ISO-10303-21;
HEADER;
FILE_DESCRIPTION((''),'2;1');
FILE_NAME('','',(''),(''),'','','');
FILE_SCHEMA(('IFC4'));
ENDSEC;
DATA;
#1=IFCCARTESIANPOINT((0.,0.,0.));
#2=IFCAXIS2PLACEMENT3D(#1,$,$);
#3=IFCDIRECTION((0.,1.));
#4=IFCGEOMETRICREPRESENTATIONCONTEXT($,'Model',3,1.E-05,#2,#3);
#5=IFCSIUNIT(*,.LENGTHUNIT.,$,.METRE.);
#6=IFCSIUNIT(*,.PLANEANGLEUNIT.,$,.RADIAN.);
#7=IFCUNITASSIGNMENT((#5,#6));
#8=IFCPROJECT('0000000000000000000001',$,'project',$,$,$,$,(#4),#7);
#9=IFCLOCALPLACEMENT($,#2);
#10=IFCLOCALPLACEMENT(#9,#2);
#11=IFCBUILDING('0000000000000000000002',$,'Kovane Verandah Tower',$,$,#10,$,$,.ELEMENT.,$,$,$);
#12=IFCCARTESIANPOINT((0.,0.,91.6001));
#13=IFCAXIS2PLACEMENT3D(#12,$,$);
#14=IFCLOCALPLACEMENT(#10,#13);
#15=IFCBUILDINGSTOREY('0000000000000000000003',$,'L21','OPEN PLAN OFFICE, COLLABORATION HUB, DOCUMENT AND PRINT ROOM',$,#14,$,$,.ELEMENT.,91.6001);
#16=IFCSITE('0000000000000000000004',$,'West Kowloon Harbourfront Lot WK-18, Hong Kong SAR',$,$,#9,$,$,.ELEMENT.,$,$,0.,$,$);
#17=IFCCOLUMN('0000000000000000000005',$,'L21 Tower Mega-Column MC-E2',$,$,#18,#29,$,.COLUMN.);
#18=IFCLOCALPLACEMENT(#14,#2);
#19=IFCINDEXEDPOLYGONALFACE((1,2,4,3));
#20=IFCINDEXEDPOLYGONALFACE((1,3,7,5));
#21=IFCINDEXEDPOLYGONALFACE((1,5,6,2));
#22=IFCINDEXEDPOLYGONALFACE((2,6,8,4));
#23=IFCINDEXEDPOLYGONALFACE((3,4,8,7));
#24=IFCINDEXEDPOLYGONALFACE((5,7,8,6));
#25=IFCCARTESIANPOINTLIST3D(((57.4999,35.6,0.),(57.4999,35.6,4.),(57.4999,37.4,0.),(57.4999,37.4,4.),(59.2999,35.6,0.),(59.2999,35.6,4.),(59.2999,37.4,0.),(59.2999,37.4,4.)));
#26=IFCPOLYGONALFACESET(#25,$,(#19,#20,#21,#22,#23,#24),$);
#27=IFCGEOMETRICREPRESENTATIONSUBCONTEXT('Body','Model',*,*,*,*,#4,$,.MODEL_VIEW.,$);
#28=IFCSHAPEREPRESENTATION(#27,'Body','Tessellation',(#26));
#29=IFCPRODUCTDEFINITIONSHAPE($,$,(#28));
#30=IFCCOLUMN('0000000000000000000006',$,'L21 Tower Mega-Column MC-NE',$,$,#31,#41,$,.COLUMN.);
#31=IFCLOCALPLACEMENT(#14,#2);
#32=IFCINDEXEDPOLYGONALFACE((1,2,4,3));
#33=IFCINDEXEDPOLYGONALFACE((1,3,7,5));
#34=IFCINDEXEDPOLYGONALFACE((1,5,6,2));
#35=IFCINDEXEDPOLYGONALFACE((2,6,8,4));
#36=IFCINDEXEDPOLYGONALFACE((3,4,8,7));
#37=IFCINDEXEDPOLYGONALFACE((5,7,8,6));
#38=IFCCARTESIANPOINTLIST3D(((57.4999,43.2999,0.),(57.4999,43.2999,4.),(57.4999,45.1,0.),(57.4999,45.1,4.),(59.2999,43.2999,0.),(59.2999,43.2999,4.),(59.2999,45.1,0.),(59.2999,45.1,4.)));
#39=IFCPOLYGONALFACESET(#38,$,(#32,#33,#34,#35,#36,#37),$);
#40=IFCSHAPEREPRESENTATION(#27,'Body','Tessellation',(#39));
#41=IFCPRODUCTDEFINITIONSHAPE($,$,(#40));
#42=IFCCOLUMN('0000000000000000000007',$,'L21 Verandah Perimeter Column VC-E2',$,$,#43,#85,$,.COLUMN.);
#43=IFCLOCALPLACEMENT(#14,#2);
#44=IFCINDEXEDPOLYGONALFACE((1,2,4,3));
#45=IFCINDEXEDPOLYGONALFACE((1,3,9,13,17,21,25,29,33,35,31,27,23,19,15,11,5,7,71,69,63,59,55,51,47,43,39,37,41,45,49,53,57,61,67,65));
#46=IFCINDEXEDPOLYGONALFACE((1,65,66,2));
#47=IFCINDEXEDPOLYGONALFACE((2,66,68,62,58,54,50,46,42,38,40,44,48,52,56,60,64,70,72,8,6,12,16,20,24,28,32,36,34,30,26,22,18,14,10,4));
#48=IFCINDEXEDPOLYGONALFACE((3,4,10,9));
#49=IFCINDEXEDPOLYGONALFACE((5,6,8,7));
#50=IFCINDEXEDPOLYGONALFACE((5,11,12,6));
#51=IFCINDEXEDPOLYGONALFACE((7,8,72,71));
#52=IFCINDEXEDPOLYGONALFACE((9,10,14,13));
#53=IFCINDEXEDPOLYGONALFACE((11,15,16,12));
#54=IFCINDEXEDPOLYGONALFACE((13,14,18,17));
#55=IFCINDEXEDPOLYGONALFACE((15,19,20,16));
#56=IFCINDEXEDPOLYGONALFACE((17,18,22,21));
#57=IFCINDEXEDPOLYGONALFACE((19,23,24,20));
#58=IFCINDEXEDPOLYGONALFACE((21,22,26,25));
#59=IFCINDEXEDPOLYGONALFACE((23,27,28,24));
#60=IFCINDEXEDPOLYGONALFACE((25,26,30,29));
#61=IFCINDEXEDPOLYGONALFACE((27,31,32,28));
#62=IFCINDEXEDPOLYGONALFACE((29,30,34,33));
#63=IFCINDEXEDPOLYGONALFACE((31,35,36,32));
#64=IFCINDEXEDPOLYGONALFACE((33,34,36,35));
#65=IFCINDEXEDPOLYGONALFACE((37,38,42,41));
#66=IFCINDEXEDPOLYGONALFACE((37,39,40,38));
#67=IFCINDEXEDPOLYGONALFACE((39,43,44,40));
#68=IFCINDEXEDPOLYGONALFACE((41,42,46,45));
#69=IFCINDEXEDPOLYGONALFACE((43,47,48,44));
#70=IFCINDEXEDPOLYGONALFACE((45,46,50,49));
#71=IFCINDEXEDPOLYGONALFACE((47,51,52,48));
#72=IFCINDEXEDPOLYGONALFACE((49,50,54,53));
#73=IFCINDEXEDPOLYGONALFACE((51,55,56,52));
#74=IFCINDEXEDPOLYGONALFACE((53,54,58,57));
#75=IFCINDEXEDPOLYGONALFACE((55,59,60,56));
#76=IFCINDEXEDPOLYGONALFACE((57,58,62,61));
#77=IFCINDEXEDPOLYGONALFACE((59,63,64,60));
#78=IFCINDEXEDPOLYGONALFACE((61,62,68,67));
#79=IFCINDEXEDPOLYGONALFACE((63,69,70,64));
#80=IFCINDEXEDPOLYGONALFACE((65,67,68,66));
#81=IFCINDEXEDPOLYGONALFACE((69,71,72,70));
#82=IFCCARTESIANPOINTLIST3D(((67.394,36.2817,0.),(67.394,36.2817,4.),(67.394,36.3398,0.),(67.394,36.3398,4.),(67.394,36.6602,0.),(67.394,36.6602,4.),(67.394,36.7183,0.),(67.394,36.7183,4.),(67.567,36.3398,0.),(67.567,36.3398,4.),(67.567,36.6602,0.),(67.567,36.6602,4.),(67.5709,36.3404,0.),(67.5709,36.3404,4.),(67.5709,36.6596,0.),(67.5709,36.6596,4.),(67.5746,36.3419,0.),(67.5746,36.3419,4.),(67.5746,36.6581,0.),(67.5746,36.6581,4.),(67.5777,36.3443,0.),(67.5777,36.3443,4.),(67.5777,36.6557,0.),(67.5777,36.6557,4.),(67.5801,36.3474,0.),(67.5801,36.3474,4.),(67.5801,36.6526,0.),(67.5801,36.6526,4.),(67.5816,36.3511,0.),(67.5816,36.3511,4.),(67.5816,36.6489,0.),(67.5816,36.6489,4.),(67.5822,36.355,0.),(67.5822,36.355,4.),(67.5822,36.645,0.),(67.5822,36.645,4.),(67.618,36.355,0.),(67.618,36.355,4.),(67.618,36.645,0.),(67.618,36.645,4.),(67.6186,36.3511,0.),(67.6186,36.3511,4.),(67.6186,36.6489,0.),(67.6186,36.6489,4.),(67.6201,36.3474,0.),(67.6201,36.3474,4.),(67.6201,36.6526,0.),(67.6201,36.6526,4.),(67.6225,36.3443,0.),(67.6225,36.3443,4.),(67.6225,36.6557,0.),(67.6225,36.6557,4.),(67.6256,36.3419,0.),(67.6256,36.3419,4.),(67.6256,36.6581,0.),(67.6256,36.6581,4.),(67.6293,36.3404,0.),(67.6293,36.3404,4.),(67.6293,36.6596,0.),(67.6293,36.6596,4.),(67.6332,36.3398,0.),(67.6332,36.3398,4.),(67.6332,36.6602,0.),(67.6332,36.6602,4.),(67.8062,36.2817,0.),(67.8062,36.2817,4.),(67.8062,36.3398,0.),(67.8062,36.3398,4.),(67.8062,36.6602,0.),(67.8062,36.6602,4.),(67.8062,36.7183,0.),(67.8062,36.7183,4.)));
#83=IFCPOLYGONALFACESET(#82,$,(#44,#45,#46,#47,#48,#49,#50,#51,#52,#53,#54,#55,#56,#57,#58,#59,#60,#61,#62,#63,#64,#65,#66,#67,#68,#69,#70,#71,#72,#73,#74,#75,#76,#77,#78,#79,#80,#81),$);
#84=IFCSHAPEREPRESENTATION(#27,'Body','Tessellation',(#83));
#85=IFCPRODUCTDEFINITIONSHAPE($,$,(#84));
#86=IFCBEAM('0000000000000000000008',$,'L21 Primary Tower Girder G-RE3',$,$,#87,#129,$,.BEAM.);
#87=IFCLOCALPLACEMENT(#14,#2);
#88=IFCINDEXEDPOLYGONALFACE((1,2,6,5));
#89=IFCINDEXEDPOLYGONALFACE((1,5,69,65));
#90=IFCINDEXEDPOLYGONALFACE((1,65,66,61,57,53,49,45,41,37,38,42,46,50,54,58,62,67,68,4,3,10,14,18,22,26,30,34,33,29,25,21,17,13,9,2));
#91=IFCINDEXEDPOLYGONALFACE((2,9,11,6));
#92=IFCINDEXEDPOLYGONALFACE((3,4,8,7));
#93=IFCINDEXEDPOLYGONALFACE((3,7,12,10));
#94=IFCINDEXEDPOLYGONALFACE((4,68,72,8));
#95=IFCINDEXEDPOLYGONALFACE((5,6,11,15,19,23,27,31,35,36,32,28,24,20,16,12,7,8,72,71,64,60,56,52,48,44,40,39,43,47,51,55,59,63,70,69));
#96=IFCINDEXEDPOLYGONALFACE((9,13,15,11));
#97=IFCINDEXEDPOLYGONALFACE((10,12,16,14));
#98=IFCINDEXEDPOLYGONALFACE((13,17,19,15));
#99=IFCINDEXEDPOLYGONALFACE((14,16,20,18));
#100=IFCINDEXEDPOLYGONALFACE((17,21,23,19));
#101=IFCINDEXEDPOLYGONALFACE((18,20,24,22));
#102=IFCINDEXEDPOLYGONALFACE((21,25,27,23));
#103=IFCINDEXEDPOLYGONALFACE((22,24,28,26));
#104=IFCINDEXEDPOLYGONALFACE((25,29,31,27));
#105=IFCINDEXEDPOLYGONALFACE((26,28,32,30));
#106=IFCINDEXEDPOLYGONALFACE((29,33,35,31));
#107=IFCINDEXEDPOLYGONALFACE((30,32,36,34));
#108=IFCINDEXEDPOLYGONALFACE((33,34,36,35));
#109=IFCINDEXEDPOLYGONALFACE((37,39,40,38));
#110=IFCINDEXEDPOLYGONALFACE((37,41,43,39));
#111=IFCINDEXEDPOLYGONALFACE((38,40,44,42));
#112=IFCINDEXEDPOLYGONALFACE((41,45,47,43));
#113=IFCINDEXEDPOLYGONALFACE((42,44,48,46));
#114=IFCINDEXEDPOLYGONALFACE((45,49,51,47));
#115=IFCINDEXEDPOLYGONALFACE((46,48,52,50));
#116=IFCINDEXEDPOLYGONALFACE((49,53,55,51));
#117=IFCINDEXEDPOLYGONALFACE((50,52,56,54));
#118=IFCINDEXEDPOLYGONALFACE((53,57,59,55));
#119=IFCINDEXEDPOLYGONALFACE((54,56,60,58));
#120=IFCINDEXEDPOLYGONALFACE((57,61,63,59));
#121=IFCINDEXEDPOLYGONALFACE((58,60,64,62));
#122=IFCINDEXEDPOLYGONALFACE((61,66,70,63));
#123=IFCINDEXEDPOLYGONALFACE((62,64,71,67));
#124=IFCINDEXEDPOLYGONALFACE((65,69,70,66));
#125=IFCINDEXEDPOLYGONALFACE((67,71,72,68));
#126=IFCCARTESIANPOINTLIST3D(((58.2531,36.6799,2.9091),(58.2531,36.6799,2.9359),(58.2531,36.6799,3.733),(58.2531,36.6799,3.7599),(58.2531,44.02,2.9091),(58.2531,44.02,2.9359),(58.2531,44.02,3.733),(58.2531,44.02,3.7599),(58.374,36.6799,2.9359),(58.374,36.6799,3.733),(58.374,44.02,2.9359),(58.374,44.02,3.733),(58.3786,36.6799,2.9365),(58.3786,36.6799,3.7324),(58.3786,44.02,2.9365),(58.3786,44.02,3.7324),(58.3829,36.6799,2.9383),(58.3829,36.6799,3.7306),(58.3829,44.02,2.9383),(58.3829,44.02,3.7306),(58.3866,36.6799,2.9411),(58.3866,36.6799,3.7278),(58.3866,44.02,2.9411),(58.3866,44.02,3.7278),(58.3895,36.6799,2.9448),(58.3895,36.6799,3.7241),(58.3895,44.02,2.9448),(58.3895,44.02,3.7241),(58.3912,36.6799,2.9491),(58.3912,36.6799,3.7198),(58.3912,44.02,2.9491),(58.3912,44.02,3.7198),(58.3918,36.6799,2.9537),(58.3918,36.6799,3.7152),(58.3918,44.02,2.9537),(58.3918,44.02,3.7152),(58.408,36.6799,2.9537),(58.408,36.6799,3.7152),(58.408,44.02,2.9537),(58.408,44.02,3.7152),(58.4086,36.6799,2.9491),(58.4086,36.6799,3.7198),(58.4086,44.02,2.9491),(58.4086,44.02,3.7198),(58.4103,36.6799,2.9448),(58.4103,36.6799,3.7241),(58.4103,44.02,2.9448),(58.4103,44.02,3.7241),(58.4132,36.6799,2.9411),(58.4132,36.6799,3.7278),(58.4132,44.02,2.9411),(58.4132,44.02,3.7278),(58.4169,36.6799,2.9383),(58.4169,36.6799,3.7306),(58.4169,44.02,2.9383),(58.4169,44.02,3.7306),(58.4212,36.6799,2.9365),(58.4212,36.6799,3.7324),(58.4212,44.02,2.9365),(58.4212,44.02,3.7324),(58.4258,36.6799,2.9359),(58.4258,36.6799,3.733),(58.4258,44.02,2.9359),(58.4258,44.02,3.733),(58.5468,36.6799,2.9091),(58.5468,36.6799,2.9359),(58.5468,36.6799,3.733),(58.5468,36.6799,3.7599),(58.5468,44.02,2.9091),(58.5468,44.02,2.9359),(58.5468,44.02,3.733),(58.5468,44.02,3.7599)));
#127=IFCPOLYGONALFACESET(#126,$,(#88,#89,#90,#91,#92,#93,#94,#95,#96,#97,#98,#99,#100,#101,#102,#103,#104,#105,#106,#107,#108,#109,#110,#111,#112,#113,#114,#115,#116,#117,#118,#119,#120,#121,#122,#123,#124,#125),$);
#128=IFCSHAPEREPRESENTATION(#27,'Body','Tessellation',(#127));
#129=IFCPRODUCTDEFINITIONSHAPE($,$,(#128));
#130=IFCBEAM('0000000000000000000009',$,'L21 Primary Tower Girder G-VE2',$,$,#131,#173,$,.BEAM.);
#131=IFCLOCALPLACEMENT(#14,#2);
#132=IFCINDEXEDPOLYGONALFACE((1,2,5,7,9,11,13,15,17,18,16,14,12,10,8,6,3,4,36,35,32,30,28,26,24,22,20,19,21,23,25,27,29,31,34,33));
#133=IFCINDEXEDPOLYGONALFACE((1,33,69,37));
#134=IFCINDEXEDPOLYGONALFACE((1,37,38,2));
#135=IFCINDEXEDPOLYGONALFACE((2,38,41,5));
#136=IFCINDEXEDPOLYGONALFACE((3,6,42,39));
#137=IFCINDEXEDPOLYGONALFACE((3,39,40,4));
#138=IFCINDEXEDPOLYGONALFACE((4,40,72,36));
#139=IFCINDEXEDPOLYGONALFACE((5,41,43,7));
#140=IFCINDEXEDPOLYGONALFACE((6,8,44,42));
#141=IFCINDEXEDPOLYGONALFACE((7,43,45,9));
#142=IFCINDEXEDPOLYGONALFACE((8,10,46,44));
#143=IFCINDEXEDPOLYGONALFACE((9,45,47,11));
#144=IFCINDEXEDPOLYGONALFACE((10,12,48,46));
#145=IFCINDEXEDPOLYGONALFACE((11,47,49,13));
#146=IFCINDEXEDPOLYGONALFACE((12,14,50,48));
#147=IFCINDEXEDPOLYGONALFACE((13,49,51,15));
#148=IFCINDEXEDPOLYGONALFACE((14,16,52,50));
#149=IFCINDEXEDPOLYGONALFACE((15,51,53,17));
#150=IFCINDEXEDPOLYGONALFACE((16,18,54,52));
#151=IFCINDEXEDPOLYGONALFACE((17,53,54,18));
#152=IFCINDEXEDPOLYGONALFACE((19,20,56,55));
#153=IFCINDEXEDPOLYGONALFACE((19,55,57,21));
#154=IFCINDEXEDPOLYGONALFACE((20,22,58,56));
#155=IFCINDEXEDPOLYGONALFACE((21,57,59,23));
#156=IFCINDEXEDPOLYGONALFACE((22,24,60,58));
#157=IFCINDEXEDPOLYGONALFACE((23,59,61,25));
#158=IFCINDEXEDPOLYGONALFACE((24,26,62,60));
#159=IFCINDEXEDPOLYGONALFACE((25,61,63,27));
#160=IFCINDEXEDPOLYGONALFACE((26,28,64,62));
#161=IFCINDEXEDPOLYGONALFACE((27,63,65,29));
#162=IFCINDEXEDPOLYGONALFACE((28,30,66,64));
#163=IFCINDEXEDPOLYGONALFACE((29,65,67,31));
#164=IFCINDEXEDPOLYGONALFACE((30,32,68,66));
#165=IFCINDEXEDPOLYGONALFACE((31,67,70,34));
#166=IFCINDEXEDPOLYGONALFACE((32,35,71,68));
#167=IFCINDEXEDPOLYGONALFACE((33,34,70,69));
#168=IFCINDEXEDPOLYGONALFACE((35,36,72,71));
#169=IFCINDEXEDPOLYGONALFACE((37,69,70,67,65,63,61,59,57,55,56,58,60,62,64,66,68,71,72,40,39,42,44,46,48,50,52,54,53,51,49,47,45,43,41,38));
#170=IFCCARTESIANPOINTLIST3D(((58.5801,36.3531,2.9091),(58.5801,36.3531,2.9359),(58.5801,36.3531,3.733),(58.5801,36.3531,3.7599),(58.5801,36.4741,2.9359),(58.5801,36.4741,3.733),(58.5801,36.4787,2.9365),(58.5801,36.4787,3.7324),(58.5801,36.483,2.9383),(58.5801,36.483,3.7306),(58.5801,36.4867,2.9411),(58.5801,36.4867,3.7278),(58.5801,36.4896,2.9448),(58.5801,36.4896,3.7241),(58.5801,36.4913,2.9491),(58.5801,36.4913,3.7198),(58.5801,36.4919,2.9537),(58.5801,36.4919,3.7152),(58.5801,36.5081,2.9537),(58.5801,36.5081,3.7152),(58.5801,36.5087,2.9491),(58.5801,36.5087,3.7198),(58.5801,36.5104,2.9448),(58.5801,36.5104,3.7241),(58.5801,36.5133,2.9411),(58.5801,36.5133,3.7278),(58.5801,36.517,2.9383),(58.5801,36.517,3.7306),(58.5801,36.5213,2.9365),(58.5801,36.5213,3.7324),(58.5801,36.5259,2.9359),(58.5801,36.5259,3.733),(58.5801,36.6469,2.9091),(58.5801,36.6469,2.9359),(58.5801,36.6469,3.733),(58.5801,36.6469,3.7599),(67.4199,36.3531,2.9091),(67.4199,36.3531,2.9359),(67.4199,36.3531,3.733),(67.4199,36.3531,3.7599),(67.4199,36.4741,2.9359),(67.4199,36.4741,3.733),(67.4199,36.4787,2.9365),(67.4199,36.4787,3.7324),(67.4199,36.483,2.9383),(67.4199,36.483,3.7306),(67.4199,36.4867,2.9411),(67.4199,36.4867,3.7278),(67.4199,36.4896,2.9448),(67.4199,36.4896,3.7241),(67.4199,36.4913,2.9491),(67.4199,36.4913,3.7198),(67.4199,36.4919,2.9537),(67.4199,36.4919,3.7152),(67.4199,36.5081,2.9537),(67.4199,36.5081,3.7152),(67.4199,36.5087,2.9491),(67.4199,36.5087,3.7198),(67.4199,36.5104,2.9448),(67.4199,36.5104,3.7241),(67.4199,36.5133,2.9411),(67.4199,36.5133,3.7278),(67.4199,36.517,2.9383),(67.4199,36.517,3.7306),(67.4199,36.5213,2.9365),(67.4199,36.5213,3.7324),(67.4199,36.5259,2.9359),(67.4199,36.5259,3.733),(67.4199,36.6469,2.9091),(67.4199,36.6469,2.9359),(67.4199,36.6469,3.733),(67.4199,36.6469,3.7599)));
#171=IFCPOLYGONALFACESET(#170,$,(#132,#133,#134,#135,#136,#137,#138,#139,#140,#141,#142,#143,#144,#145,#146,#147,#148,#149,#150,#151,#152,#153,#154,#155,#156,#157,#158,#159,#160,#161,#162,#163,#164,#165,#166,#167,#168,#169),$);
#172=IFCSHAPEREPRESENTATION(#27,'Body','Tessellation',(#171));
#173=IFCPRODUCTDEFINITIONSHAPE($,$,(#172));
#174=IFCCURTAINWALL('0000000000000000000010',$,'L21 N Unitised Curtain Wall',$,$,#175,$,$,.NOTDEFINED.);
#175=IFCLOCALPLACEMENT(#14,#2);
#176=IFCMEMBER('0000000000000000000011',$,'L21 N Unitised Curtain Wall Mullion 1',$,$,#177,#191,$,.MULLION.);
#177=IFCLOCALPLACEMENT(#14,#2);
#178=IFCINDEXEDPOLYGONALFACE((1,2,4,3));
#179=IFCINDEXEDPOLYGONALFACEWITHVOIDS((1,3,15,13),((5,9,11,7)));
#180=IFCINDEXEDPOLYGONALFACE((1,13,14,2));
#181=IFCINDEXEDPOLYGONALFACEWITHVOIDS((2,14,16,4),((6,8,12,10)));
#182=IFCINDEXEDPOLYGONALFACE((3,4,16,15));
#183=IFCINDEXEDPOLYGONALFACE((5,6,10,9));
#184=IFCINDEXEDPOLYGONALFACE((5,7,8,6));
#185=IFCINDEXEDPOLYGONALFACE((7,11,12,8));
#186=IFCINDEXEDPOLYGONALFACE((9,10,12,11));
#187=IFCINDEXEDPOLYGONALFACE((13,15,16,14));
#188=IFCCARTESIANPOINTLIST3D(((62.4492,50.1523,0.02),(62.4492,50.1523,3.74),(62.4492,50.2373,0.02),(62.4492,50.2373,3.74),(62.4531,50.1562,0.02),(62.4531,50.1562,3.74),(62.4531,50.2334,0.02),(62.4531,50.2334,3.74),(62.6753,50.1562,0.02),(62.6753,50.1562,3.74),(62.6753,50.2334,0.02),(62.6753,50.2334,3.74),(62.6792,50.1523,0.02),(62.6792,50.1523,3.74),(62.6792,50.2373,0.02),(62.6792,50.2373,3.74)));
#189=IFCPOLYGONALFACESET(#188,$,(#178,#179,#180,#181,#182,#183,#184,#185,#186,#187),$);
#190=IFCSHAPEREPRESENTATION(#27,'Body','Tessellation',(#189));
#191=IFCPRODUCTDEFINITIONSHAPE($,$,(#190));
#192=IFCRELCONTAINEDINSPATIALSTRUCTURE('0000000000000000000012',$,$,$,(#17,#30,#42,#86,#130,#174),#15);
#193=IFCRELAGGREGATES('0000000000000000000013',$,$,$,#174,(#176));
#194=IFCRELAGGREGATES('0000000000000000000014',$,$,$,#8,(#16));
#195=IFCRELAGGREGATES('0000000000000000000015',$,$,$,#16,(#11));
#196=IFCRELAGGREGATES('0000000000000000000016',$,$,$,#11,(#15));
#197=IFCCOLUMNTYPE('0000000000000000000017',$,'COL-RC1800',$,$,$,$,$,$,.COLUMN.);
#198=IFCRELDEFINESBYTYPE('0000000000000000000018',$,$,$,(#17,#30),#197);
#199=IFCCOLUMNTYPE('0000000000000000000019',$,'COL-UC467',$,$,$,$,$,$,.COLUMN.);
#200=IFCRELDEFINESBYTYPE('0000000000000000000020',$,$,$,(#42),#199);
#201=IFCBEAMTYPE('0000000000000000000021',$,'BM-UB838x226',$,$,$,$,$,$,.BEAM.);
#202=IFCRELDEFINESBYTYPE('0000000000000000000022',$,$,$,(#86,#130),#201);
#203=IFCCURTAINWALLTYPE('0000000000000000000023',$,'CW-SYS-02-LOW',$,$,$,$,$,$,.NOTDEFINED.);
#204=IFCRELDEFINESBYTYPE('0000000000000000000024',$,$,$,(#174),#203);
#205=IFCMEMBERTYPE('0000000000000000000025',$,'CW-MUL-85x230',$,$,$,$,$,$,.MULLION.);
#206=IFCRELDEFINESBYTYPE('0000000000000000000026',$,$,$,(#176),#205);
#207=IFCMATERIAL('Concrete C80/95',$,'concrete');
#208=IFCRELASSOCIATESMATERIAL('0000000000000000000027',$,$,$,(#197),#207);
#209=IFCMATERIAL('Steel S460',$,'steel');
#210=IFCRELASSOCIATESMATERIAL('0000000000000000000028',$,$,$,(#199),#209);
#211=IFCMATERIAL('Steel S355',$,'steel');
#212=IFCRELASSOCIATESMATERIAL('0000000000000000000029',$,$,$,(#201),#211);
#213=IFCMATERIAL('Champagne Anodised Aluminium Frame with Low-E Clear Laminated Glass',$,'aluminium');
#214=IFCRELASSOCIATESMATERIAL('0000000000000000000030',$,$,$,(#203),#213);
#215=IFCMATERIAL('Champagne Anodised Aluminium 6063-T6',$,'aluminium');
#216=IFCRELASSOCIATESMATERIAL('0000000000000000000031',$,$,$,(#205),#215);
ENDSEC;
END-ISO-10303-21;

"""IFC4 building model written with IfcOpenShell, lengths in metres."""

from ifc_helpers import new_model, si_unit, direction, frame, origin, origin_2d, place, context, subcontext, project, spatial, rectangle, hollow_rectangle, i_section, extrude, material, material_profile, profile_set, type_object, element, aggregate, save


model = new_model("IFC4")

# Units and contexts
model_context = context("Model", 3, precision=1e-05, world=origin(), true_north=direction((0.0, 1.0)))
body_context = subcontext(model_context, "Body", "Model", "MODEL_VIEW")
ifc_project = project(units=[si_unit("LENGTHUNIT", "METRE"), si_unit("PLANEANGLEUNIT", "RADIAN")], contexts=[model_context])

# Site, building, storey
site_placement = place(None, origin())
site = spatial("IfcSite", under=ifc_project, at=site_placement, Name="West Kowloon Harbourfront Lot WK-18, Hong Kong SAR", CompositionType="ELEMENT", RefElevation=0.0)
building_placement = place(site_placement, origin())
building = spatial("IfcBuilding", under=site, at=building_placement, Name="Kovane Verandah Tower", CompositionType="ELEMENT")
storey_placement = place(building_placement, frame((0.0, 0.0, 91.6001)))
storey = spatial("IfcBuildingStorey", under=building, at=storey_placement, Name="L21", Description="OPEN PLAN OFFICE, COLLABORATION HUB, DOCUMENT AND PRINT ROOM", CompositionType="ELEMENT", Elevation=91.6001)

# Columns
ifc_material_1 = material(Name="Concrete C80/95", Category="concrete")
ifc_material_profile_1 = material_profile(ifc_material_1, rectangle(XDim=1.8, YDim=1.8, at=origin_2d()), Name="RC1800x1800")
ifc_profile_set_1 = profile_set([ifc_material_profile_1], Name="Concrete C80/95")
column_type_1 = type_object("IfcColumnType", Name="COL-RC1800", PredefinedType="COLUMN", material=ifc_profile_set_1)
for number, where, z_axis, x_axis, name in (
    (1, (58.3999, 36.5, 0.0), (0.0, 0.0, 1.0), (1.0, 0.0, 0.0), "L21 Tower Mega-Column MC-E2"),
    (2, (58.3999, 44.2, 0.0), (0.0, 0.0, 1.0), (1.0, 0.0, 0.0), "L21 Tower Mega-Column MC-NE"),
):
    element("IfcColumn", number, at=place(storey_placement, frame(where, z_axis=z_axis, x_axis=x_axis)), inside=storey, type_object=column_type_1, Name=name, PredefinedType="COLUMN", context=body_context, shape_type="SweptSolid", body=[
        extrude(rectangle(XDim=1.8, YDim=1.8, at=origin_2d()), origin(), (0.0, 0.0, 1.0), 4.0),
    ])
ifc_material_2 = material(Name="Steel S460", Category="steel")
ifc_material_profile_2 = material_profile(ifc_material_2, i_section(OverallWidth=0.4121, OverallDepth=0.4365, WebThickness=0.0359, FlangeThickness=0.0581, FilletRadius=0.0151, at=origin_2d()), Name="UC356x406x467")
ifc_profile_set_2 = profile_set([ifc_material_profile_2], Name="Steel S460")
column_type_2 = type_object("IfcColumnType", Name="COL-UC467", PredefinedType="COLUMN", material=ifc_profile_set_2)
column_placement = place(storey_placement, frame((67.6001, 36.5, 0.0), z_axis=(0.0, 0.0, 1.0), x_axis=(1.0, 0.0, 0.0)))
element("IfcColumn", 3, at=column_placement, inside=storey, type_object=column_type_2, Name="L21 Verandah Perimeter Column VC-E2", PredefinedType="COLUMN", context=body_context, shape_type="SweptSolid", body=[
    extrude(i_section(OverallWidth=0.4121, OverallDepth=0.4365, WebThickness=0.0359, FlangeThickness=0.0581, FilletRadius=0.0151, at=origin_2d()), origin(), (0.0, 0.0, 1.0), 4.0),
])

# Beams
ifc_material_3 = material(Name="Steel S355", Category="steel")
ifc_material_profile_3 = material_profile(ifc_material_3, i_section(OverallWidth=0.2937, OverallDepth=0.8508, WebThickness=0.0161, FlangeThickness=0.0269, FilletRadius=0.0178, at=origin_2d()), Name="UB838x292x226")
ifc_profile_set_3 = profile_set([ifc_material_profile_3], Name="Steel S355")
beam_type_1 = type_object("IfcBeamType", Name="BM-UB838x226", PredefinedType="BEAM", material=ifc_profile_set_3)
beam_1_placement = place(storey_placement, frame((58.3999, 36.6799, 3.3345), z_axis=(0.0, 1.0, 0.0), x_axis=(-1.0, 0.0, 0.0)))
element("IfcBeam", 4, at=beam_1_placement, inside=storey, type_object=beam_type_1, Name="L21 Primary Tower Girder G-RE3", PredefinedType="BEAM", context=body_context, shape_type="SweptSolid", body=[
    extrude(i_section(OverallWidth=0.2937, OverallDepth=0.8508, WebThickness=0.0161, FlangeThickness=0.0269, FilletRadius=0.0178, at=origin_2d()), origin(), (0.0, 0.0, 1.0), 7.3401),
])
beam_2_placement = place(storey_placement, frame((58.5801, 36.5, 3.3345), z_axis=(1.0, 0.0, 0.0), x_axis=(0.0, 1.0, 0.0)))
element("IfcBeam", 5, at=beam_2_placement, inside=storey, type_object=beam_type_1, Name="L21 Primary Tower Girder G-VE2", PredefinedType="BEAM", context=body_context, shape_type="SweptSolid", body=[
    extrude(i_section(OverallWidth=0.2937, OverallDepth=0.8508, WebThickness=0.0161, FlangeThickness=0.0269, FilletRadius=0.0178, at=origin_2d()), origin(), (0.0, 0.0, 1.0), 8.8398),
])

# Curtain wall, member
ifc_material_4 = material(Name="Champagne Anodised Aluminium Frame with Low-E Clear Laminated Glass", Category="aluminium")
curtain_wall_type = type_object("IfcCurtainWallType", Name="CW-SYS-02-LOW", PredefinedType="NOTDEFINED", material=ifc_material_4)
curtain_wall_placement = place(storey_placement, origin())
curtain_wall = element("IfcCurtainWall", 6, at=curtain_wall_placement, inside=storey, type_object=curtain_wall_type, Name="L21 N Unitised Curtain Wall", PredefinedType="NOTDEFINED")
ifc_material_5 = material(Name="Champagne Anodised Aluminium 6063-T6", Category="aluminium")
ifc_material_profile_4 = material_profile(ifc_material_5, hollow_rectangle(XDim=0.085, YDim=0.23, WallThickness=0.0039, at=origin_2d()), Name="AL85x230x4")
ifc_profile_set_4 = profile_set([ifc_material_profile_4], Name="Champagne Anodised Aluminium 6063-T6")
member_type_1 = type_object("IfcMemberType", Name="CW-MUL-85x230", PredefinedType="MULLION", material=ifc_profile_set_4)
member_1_placement = place(storey_placement, frame((62.5642, 50.1948, 0.02), z_axis=(0.0, 0.0, 1.0), x_axis=(0.0, 1.0, 0.0)))
member_1 = element("IfcMember", 7, at=member_1_placement, type_object=member_type_1, Name="L21 N Unitised Curtain Wall Mullion 1", PredefinedType="MULLION", context=body_context, shape_type="SweptSolid", body=[
    extrude(hollow_rectangle(XDim=0.085, YDim=0.23, WallThickness=0.0039, at=origin_2d()), origin(), (0.0, 0.0, 1.0), 3.72),
])

aggregate(curtain_wall, [member_1])

save(model, "model.ifc")
